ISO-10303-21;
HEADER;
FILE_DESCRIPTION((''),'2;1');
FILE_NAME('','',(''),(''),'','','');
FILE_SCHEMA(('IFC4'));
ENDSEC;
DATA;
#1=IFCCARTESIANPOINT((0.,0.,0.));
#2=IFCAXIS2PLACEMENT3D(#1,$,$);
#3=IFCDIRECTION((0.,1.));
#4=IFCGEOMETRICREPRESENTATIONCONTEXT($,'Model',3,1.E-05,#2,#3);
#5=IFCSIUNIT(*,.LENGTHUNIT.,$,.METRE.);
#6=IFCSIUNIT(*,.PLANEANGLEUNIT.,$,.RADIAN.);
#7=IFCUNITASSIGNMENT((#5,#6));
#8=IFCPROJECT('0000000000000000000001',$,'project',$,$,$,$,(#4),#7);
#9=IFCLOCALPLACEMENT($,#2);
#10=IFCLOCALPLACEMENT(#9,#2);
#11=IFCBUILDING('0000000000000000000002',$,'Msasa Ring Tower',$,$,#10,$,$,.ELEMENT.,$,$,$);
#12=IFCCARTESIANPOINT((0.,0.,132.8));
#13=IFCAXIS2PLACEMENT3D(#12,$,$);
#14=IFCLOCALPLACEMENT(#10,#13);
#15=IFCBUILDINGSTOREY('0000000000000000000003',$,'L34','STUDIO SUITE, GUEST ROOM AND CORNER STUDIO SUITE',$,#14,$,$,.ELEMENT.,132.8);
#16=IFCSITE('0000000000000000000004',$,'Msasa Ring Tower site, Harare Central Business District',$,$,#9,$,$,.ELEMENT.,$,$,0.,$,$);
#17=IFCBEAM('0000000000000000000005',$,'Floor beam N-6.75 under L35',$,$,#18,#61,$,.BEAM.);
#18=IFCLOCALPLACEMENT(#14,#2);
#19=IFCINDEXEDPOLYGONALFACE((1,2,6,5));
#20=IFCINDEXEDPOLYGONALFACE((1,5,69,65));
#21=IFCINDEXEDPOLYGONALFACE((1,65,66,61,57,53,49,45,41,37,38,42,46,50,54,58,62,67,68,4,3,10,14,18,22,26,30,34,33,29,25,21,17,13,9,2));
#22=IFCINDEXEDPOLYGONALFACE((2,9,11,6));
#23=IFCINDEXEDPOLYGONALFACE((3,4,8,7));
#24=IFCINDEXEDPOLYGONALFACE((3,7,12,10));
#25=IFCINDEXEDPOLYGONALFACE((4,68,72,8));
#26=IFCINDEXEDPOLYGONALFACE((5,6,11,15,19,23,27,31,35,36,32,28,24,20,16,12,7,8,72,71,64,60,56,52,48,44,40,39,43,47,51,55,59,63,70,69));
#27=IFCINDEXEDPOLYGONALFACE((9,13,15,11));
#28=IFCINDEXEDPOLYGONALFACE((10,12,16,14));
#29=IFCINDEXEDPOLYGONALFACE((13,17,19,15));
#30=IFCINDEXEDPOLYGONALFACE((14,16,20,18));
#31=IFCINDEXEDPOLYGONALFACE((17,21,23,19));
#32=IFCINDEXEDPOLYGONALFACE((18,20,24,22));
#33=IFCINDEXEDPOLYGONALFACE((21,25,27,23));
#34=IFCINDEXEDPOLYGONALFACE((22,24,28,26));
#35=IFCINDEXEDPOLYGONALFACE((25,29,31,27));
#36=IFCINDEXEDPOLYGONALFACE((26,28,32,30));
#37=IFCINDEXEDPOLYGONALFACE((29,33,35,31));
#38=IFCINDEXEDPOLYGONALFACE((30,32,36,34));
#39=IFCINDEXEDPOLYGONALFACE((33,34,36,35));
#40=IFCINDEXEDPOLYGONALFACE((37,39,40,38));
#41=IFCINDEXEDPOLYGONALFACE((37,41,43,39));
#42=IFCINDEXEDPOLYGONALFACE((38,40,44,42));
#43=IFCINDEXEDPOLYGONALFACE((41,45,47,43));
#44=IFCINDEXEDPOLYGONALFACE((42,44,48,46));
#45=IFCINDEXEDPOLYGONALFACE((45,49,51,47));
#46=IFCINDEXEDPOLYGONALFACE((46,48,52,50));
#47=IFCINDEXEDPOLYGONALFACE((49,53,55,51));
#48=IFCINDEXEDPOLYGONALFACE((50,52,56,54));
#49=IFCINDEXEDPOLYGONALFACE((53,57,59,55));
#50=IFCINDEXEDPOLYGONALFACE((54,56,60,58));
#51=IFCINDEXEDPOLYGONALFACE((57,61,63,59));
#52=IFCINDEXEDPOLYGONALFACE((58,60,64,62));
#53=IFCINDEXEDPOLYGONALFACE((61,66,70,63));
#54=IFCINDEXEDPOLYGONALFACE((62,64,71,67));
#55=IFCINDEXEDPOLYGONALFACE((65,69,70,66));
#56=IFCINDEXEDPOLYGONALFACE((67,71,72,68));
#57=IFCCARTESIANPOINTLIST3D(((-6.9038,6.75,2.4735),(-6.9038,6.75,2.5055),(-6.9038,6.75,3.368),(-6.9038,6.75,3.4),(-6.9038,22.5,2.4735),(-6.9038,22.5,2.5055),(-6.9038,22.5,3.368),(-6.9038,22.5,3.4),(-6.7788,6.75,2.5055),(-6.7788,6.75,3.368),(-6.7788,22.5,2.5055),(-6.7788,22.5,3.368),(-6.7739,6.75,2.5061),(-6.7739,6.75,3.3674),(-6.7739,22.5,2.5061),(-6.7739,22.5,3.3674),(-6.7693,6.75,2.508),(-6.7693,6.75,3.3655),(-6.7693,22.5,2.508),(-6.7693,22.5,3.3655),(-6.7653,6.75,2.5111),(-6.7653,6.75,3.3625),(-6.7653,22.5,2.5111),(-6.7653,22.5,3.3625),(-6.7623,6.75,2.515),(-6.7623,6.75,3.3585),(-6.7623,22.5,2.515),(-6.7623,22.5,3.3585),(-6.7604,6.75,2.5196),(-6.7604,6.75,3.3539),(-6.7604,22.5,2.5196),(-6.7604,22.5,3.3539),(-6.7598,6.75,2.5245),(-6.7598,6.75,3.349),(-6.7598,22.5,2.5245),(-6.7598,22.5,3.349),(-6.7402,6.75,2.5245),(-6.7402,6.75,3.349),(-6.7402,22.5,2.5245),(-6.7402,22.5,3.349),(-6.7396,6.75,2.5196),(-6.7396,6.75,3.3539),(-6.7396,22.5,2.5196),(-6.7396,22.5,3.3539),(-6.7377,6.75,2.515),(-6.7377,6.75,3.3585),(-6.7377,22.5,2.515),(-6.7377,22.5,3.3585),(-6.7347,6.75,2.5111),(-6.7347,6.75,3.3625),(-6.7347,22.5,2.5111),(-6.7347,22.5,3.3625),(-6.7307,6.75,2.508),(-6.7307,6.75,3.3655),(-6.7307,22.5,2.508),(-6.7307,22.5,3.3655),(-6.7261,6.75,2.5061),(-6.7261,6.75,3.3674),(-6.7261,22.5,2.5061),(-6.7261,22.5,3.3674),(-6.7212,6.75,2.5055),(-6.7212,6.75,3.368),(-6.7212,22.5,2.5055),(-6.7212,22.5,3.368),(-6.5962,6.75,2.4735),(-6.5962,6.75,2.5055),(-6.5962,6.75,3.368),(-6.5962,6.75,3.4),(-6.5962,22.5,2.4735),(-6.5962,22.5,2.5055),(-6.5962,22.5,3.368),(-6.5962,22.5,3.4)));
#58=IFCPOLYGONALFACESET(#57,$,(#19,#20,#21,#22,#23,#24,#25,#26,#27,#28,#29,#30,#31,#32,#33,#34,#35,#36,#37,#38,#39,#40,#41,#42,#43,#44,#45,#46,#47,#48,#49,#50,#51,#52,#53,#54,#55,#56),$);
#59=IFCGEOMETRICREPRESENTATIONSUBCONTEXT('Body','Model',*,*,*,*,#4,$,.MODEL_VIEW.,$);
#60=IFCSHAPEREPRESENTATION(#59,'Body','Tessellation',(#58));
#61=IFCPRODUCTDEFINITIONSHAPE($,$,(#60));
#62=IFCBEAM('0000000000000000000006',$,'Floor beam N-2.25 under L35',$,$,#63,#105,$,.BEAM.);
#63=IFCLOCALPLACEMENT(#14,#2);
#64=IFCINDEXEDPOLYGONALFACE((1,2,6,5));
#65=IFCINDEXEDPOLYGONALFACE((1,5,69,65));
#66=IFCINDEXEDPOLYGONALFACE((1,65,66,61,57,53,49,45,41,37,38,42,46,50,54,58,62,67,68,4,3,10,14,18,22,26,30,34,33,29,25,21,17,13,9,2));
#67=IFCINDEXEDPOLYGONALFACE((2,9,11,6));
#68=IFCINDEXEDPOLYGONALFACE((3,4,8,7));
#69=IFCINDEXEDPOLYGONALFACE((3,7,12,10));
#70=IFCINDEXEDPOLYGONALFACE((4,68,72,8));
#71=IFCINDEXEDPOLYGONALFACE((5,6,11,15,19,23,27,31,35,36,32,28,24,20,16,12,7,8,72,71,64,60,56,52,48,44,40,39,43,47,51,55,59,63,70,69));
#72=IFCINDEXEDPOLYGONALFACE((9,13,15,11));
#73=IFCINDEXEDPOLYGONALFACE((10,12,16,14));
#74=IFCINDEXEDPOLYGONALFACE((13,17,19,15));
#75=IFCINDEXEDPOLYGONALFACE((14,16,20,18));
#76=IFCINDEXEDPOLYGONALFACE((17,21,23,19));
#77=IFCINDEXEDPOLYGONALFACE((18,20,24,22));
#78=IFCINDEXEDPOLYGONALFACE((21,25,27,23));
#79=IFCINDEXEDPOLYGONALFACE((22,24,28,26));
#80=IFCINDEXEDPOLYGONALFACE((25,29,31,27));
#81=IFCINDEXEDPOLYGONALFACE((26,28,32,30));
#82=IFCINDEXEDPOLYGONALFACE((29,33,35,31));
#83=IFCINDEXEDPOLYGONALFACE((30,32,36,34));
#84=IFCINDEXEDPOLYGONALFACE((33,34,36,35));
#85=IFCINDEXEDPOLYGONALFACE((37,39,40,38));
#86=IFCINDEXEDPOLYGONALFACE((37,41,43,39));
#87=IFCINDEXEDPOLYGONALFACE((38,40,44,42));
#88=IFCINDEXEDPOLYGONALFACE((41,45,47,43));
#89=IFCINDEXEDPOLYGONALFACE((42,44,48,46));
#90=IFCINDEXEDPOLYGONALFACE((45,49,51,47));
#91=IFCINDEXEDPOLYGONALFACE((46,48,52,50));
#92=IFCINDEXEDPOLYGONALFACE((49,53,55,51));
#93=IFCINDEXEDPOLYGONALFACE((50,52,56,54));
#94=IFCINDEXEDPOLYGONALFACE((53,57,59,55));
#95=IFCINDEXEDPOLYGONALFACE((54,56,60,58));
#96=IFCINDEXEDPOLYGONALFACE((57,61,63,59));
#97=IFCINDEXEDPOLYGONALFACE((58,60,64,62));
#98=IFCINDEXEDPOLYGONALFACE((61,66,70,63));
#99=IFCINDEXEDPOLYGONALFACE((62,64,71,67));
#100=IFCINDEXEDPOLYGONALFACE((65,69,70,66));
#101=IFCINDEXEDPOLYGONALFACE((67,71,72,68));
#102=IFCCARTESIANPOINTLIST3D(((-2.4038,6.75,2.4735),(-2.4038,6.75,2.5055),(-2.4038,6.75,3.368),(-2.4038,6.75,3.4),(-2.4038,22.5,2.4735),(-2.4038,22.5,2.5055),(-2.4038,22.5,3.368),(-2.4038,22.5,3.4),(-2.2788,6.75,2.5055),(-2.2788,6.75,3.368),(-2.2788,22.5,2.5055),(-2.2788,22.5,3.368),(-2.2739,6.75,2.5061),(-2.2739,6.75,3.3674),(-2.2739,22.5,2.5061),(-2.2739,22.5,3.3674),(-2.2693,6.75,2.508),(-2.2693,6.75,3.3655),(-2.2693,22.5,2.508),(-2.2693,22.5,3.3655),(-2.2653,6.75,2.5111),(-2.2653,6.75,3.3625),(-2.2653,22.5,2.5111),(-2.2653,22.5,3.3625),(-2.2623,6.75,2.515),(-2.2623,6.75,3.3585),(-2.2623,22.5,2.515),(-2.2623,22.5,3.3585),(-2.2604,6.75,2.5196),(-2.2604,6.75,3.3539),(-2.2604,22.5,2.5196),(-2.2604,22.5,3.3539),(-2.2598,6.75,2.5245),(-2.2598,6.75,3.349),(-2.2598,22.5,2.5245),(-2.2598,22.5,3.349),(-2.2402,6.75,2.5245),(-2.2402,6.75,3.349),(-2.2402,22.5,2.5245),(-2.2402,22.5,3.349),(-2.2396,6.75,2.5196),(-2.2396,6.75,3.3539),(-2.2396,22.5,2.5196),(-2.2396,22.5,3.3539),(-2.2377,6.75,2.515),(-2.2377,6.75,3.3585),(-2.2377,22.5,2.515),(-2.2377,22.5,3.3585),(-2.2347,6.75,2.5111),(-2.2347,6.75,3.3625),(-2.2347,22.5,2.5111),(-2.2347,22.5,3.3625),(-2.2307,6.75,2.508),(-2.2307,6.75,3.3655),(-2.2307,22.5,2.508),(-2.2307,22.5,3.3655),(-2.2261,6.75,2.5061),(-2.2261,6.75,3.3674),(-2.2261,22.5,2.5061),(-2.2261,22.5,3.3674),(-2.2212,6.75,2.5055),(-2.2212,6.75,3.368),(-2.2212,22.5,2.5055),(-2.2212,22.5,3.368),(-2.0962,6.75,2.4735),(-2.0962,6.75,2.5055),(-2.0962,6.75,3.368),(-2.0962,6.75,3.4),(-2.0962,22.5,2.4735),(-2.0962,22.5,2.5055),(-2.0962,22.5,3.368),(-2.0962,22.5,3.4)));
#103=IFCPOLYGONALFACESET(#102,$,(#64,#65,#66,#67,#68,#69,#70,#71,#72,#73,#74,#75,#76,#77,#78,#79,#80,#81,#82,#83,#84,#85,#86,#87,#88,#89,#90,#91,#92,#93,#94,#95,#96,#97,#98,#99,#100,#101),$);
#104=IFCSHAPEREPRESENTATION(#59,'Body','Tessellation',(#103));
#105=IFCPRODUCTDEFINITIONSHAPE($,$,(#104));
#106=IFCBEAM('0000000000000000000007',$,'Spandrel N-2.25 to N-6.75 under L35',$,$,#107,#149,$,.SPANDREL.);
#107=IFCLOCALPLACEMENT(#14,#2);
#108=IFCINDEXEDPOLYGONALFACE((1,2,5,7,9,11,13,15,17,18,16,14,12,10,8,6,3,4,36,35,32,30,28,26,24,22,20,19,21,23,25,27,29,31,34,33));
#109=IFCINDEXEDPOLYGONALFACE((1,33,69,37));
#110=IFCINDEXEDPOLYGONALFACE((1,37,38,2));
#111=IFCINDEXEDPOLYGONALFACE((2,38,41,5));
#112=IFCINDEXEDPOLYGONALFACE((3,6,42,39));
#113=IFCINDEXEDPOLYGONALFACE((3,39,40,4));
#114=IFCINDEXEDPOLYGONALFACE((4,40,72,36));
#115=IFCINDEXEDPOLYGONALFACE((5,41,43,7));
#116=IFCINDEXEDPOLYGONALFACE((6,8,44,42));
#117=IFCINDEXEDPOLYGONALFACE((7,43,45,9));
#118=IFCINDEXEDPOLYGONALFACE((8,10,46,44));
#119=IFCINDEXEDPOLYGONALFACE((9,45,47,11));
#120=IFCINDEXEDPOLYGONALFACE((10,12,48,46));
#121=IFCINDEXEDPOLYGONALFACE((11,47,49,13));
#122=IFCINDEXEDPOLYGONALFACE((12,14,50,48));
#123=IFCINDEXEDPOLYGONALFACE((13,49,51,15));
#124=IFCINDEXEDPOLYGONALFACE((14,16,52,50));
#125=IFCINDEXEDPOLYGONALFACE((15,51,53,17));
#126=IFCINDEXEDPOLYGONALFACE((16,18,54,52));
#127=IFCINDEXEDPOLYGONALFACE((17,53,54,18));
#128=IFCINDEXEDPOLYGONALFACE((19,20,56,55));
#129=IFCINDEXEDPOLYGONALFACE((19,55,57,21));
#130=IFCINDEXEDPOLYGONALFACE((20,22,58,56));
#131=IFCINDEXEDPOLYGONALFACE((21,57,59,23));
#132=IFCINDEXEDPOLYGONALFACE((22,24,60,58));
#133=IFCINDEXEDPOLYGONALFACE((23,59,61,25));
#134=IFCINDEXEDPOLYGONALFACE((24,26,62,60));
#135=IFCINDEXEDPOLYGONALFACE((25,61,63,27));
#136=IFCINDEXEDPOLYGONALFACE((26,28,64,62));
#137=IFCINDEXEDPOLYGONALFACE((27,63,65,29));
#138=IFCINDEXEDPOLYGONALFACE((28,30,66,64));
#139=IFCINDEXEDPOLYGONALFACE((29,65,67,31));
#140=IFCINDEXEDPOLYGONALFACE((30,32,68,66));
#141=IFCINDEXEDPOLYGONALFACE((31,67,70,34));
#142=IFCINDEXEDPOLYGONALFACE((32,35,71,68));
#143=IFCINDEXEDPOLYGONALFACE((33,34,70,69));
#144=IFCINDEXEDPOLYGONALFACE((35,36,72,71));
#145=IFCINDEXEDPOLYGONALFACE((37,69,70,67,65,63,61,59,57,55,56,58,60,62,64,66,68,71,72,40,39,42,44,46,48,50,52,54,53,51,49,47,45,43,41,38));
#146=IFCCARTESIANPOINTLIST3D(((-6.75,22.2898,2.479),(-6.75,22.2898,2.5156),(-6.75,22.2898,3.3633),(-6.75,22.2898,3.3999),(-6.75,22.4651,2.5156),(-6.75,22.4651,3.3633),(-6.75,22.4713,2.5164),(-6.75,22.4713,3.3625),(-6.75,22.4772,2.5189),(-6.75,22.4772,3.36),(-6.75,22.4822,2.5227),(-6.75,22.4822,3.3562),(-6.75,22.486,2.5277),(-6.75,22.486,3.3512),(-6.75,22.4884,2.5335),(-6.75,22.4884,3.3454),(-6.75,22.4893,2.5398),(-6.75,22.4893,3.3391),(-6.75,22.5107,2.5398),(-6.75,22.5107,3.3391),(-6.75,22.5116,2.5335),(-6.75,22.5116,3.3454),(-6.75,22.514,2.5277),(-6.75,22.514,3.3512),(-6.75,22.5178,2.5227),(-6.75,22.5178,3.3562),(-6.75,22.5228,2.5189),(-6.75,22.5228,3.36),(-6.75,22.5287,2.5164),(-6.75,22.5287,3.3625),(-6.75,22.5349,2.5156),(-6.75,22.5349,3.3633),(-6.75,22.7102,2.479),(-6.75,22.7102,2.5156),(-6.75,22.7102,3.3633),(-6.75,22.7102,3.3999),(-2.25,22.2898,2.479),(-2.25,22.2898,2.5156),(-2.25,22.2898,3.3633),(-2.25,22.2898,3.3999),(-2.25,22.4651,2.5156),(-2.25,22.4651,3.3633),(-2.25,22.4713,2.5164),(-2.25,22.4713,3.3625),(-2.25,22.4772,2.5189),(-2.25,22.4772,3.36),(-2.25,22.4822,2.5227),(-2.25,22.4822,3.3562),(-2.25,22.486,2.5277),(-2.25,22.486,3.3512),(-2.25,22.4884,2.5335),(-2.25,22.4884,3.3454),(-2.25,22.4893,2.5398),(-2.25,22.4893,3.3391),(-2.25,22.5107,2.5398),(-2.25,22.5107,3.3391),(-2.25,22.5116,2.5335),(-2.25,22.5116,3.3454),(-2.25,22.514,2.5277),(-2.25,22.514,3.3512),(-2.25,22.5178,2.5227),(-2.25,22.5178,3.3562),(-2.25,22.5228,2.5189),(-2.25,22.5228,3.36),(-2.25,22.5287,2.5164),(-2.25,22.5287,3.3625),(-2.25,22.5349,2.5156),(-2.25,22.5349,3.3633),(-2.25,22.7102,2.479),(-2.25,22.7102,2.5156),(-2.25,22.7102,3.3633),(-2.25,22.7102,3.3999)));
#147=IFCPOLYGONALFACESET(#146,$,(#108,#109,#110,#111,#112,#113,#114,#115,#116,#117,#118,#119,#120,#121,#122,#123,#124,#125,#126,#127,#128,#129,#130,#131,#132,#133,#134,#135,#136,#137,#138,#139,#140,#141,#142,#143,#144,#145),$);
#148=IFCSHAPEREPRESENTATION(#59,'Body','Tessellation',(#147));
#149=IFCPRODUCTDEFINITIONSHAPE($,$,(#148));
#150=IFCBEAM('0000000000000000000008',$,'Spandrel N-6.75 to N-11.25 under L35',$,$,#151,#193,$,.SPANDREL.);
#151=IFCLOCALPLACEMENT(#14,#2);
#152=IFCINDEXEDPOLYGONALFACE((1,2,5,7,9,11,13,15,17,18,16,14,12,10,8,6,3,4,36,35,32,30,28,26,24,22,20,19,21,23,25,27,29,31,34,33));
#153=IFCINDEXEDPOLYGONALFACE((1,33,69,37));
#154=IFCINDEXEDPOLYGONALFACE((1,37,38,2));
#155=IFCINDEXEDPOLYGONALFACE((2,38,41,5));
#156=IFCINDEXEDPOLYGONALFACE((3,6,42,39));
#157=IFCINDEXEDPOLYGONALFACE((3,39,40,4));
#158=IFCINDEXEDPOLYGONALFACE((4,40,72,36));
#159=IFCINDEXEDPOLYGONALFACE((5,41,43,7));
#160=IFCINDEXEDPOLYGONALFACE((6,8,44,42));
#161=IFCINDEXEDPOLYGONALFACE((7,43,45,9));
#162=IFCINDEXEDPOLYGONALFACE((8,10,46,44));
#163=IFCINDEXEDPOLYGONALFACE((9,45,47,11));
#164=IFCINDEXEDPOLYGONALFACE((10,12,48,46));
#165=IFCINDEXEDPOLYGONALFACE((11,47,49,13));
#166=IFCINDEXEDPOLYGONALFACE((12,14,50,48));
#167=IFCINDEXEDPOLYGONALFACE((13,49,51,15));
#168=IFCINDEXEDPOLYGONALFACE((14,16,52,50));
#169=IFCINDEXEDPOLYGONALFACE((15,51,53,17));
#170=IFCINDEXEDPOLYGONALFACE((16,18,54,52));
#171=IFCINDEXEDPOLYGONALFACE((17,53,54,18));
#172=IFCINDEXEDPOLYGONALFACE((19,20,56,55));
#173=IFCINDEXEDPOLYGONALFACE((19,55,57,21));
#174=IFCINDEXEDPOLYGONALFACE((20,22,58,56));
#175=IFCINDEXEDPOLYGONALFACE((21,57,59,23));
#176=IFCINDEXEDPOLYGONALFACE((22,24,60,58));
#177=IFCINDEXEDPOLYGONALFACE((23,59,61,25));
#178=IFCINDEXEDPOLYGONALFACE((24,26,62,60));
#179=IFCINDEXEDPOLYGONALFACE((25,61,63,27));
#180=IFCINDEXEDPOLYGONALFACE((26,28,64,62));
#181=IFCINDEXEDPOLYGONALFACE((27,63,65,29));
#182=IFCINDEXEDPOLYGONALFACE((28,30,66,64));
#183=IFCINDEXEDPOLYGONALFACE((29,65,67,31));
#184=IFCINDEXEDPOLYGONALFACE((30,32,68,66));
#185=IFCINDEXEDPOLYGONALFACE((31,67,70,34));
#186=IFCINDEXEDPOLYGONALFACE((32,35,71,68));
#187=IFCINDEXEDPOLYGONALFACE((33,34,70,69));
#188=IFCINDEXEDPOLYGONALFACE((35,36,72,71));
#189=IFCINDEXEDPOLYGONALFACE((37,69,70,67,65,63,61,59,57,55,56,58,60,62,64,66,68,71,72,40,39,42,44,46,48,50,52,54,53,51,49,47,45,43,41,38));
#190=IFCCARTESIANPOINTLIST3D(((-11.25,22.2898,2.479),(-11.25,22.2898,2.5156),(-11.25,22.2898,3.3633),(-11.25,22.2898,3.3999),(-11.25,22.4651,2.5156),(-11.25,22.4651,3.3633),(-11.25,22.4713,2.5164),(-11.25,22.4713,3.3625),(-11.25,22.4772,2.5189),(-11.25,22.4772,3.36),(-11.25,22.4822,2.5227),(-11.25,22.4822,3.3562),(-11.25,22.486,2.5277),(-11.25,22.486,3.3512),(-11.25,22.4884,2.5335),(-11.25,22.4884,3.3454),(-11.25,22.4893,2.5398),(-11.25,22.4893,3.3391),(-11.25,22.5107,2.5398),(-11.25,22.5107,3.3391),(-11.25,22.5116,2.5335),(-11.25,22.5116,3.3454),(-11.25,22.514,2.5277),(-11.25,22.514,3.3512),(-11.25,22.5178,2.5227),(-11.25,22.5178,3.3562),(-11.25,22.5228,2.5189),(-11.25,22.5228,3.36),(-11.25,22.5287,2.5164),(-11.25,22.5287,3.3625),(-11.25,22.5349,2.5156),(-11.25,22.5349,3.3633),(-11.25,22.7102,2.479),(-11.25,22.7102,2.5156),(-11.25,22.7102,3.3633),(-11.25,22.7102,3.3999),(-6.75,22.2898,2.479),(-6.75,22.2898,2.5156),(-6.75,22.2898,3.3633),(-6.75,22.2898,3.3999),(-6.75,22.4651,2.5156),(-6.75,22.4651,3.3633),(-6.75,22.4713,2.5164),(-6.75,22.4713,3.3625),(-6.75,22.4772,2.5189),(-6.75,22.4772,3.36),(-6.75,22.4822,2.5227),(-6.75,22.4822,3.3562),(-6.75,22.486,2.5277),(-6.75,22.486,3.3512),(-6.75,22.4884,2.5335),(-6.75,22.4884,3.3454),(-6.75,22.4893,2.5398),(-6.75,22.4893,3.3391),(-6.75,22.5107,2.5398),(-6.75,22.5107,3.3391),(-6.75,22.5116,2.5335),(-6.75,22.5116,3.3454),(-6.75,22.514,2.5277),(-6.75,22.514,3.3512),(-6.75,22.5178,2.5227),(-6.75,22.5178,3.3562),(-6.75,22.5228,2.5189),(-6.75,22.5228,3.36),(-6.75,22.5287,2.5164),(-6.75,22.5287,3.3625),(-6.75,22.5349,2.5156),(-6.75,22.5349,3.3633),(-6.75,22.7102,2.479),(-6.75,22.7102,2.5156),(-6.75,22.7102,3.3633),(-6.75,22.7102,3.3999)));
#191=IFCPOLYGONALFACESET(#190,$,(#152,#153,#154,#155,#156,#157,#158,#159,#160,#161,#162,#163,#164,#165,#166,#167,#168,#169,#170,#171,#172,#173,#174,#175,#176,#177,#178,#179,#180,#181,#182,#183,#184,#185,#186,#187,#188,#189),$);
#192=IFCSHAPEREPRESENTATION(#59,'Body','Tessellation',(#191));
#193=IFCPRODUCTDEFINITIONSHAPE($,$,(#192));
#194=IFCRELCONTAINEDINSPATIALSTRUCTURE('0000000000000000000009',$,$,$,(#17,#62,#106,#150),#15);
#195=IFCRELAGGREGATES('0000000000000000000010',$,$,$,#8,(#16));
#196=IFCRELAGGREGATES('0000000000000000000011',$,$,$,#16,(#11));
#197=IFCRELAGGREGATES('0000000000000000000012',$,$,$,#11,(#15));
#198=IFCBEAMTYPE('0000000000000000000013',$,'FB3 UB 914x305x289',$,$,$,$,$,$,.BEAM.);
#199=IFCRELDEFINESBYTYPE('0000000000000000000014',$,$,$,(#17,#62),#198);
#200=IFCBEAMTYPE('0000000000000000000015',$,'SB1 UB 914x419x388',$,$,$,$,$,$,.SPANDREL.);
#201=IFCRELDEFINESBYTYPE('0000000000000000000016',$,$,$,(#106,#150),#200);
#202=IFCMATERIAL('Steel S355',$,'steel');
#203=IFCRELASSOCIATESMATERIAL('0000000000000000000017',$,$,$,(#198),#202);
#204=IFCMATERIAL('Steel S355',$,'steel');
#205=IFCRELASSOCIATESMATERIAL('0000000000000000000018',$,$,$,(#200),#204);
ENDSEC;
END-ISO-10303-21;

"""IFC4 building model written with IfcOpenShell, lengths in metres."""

from ifc_helpers import new_model, si_unit, direction, frame, origin, origin_2d, place, context, subcontext, project, spatial, i_section, extrude, material, material_profile, profile_set, type_object, element, save


model = new_model("IFC4")

# Units and contexts
model_context = context("Model", 3, precision=1e-05, world=origin(), true_north=direction((0.0, 1.0)))
body_context = subcontext(model_context, "Body", "Model", "MODEL_VIEW")
ifc_project = project(units=[si_unit("LENGTHUNIT", "METRE"), si_unit("PLANEANGLEUNIT", "RADIAN")], contexts=[model_context])

# Site, building, storey
site_placement = place(None, origin())
site = spatial("IfcSite", under=ifc_project, at=site_placement, Name="Msasa Ring Tower site, Harare Central Business District", CompositionType="ELEMENT", RefElevation=0.0)
building_placement = place(site_placement, origin())
building = spatial("IfcBuilding", under=site, at=building_placement, Name="Msasa Ring Tower", CompositionType="ELEMENT")
storey_placement = place(building_placement, frame((0.0, 0.0, 132.8)))
storey = spatial("IfcBuildingStorey", under=building, at=storey_placement, Name="L34", Description="STUDIO SUITE, GUEST ROOM AND CORNER STUDIO SUITE", CompositionType="ELEMENT", Elevation=132.8)

# Beams
ifc_material_1 = material(Name="Steel S355", Category="steel")
ifc_material_profile_1 = material_profile(ifc_material_1, i_section(OverallWidth=0.3076, OverallDepth=0.9265, WebThickness=0.0195, FlangeThickness=0.032, FilletRadius=0.019, at=origin_2d()), Name="UB 914x305x289")
ifc_profile_set_1 = profile_set([ifc_material_profile_1], Name="Steel S355")
beam_type_1 = type_object("IfcBeamType", Name="FB3 UB 914x305x289", PredefinedType="BEAM", material=ifc_profile_set_1)
for number, where, z_axis, x_axis, name in (
    (1, (-6.75, 22.5, 2.9368), (0.0, -1.0, 0.0), (1.0, 0.0, 0.0), "Floor beam N-6.75 under L35"),
    (2, (-2.25, 22.5, 2.9368), (0.0, -1.0, 0.0), (1.0, 0.0, 0.0), "Floor beam N-2.25 under L35"),
):
    element("IfcBeam", number, at=place(storey_placement, frame(where, z_axis=z_axis, x_axis=x_axis)), inside=storey, type_object=beam_type_1, Name=name, PredefinedType="BEAM", context=body_context, shape_type="SweptSolid", body=[
        extrude(i_section(OverallWidth=0.3076, OverallDepth=0.9265, WebThickness=0.0195, FlangeThickness=0.032, FilletRadius=0.019, at=origin_2d()), origin(), (0.0, 0.0, 1.0), 15.75),
    ])
ifc_material_2 = material(Name="Steel S355", Category="steel")
ifc_material_profile_2 = material_profile(ifc_material_2, i_section(OverallWidth=0.4204, OverallDepth=0.9209, WebThickness=0.0215, FlangeThickness=0.0366, FilletRadius=0.0242, at=origin_2d()), Name="UB 914x419x388")
ifc_profile_set_2 = profile_set([ifc_material_profile_2], Name="Steel S355")
beam_type_2 = type_object("IfcBeamType", Name="SB1 UB 914x419x388", PredefinedType="SPANDREL", material=ifc_profile_set_2)
for number, where, z_axis, x_axis, name in (
    (3, (-2.25, 22.5, 2.9395), (-1.0, 0.0, 0.0), (0.0, -1.0, 0.0), "Spandrel N-2.25 to N-6.75 under L35"),
    (4, (-6.75, 22.5, 2.9395), (-1.0, 0.0, 0.0), (0.0, -1.0, 0.0), "Spandrel N-6.75 to N-11.25 under L35"),
):
    element("IfcBeam", number, at=place(storey_placement, frame(where, z_axis=z_axis, x_axis=x_axis)), inside=storey, type_object=beam_type_2, Name=name, PredefinedType="SPANDREL", context=body_context, shape_type="SweptSolid", body=[
        extrude(i_section(OverallWidth=0.4204, OverallDepth=0.9209, WebThickness=0.0215, FlangeThickness=0.0366, FilletRadius=0.0242, at=origin_2d()), origin(), (0.0, 0.0, 1.0), 4.5),
    ])

save(model, "model.ifc")
